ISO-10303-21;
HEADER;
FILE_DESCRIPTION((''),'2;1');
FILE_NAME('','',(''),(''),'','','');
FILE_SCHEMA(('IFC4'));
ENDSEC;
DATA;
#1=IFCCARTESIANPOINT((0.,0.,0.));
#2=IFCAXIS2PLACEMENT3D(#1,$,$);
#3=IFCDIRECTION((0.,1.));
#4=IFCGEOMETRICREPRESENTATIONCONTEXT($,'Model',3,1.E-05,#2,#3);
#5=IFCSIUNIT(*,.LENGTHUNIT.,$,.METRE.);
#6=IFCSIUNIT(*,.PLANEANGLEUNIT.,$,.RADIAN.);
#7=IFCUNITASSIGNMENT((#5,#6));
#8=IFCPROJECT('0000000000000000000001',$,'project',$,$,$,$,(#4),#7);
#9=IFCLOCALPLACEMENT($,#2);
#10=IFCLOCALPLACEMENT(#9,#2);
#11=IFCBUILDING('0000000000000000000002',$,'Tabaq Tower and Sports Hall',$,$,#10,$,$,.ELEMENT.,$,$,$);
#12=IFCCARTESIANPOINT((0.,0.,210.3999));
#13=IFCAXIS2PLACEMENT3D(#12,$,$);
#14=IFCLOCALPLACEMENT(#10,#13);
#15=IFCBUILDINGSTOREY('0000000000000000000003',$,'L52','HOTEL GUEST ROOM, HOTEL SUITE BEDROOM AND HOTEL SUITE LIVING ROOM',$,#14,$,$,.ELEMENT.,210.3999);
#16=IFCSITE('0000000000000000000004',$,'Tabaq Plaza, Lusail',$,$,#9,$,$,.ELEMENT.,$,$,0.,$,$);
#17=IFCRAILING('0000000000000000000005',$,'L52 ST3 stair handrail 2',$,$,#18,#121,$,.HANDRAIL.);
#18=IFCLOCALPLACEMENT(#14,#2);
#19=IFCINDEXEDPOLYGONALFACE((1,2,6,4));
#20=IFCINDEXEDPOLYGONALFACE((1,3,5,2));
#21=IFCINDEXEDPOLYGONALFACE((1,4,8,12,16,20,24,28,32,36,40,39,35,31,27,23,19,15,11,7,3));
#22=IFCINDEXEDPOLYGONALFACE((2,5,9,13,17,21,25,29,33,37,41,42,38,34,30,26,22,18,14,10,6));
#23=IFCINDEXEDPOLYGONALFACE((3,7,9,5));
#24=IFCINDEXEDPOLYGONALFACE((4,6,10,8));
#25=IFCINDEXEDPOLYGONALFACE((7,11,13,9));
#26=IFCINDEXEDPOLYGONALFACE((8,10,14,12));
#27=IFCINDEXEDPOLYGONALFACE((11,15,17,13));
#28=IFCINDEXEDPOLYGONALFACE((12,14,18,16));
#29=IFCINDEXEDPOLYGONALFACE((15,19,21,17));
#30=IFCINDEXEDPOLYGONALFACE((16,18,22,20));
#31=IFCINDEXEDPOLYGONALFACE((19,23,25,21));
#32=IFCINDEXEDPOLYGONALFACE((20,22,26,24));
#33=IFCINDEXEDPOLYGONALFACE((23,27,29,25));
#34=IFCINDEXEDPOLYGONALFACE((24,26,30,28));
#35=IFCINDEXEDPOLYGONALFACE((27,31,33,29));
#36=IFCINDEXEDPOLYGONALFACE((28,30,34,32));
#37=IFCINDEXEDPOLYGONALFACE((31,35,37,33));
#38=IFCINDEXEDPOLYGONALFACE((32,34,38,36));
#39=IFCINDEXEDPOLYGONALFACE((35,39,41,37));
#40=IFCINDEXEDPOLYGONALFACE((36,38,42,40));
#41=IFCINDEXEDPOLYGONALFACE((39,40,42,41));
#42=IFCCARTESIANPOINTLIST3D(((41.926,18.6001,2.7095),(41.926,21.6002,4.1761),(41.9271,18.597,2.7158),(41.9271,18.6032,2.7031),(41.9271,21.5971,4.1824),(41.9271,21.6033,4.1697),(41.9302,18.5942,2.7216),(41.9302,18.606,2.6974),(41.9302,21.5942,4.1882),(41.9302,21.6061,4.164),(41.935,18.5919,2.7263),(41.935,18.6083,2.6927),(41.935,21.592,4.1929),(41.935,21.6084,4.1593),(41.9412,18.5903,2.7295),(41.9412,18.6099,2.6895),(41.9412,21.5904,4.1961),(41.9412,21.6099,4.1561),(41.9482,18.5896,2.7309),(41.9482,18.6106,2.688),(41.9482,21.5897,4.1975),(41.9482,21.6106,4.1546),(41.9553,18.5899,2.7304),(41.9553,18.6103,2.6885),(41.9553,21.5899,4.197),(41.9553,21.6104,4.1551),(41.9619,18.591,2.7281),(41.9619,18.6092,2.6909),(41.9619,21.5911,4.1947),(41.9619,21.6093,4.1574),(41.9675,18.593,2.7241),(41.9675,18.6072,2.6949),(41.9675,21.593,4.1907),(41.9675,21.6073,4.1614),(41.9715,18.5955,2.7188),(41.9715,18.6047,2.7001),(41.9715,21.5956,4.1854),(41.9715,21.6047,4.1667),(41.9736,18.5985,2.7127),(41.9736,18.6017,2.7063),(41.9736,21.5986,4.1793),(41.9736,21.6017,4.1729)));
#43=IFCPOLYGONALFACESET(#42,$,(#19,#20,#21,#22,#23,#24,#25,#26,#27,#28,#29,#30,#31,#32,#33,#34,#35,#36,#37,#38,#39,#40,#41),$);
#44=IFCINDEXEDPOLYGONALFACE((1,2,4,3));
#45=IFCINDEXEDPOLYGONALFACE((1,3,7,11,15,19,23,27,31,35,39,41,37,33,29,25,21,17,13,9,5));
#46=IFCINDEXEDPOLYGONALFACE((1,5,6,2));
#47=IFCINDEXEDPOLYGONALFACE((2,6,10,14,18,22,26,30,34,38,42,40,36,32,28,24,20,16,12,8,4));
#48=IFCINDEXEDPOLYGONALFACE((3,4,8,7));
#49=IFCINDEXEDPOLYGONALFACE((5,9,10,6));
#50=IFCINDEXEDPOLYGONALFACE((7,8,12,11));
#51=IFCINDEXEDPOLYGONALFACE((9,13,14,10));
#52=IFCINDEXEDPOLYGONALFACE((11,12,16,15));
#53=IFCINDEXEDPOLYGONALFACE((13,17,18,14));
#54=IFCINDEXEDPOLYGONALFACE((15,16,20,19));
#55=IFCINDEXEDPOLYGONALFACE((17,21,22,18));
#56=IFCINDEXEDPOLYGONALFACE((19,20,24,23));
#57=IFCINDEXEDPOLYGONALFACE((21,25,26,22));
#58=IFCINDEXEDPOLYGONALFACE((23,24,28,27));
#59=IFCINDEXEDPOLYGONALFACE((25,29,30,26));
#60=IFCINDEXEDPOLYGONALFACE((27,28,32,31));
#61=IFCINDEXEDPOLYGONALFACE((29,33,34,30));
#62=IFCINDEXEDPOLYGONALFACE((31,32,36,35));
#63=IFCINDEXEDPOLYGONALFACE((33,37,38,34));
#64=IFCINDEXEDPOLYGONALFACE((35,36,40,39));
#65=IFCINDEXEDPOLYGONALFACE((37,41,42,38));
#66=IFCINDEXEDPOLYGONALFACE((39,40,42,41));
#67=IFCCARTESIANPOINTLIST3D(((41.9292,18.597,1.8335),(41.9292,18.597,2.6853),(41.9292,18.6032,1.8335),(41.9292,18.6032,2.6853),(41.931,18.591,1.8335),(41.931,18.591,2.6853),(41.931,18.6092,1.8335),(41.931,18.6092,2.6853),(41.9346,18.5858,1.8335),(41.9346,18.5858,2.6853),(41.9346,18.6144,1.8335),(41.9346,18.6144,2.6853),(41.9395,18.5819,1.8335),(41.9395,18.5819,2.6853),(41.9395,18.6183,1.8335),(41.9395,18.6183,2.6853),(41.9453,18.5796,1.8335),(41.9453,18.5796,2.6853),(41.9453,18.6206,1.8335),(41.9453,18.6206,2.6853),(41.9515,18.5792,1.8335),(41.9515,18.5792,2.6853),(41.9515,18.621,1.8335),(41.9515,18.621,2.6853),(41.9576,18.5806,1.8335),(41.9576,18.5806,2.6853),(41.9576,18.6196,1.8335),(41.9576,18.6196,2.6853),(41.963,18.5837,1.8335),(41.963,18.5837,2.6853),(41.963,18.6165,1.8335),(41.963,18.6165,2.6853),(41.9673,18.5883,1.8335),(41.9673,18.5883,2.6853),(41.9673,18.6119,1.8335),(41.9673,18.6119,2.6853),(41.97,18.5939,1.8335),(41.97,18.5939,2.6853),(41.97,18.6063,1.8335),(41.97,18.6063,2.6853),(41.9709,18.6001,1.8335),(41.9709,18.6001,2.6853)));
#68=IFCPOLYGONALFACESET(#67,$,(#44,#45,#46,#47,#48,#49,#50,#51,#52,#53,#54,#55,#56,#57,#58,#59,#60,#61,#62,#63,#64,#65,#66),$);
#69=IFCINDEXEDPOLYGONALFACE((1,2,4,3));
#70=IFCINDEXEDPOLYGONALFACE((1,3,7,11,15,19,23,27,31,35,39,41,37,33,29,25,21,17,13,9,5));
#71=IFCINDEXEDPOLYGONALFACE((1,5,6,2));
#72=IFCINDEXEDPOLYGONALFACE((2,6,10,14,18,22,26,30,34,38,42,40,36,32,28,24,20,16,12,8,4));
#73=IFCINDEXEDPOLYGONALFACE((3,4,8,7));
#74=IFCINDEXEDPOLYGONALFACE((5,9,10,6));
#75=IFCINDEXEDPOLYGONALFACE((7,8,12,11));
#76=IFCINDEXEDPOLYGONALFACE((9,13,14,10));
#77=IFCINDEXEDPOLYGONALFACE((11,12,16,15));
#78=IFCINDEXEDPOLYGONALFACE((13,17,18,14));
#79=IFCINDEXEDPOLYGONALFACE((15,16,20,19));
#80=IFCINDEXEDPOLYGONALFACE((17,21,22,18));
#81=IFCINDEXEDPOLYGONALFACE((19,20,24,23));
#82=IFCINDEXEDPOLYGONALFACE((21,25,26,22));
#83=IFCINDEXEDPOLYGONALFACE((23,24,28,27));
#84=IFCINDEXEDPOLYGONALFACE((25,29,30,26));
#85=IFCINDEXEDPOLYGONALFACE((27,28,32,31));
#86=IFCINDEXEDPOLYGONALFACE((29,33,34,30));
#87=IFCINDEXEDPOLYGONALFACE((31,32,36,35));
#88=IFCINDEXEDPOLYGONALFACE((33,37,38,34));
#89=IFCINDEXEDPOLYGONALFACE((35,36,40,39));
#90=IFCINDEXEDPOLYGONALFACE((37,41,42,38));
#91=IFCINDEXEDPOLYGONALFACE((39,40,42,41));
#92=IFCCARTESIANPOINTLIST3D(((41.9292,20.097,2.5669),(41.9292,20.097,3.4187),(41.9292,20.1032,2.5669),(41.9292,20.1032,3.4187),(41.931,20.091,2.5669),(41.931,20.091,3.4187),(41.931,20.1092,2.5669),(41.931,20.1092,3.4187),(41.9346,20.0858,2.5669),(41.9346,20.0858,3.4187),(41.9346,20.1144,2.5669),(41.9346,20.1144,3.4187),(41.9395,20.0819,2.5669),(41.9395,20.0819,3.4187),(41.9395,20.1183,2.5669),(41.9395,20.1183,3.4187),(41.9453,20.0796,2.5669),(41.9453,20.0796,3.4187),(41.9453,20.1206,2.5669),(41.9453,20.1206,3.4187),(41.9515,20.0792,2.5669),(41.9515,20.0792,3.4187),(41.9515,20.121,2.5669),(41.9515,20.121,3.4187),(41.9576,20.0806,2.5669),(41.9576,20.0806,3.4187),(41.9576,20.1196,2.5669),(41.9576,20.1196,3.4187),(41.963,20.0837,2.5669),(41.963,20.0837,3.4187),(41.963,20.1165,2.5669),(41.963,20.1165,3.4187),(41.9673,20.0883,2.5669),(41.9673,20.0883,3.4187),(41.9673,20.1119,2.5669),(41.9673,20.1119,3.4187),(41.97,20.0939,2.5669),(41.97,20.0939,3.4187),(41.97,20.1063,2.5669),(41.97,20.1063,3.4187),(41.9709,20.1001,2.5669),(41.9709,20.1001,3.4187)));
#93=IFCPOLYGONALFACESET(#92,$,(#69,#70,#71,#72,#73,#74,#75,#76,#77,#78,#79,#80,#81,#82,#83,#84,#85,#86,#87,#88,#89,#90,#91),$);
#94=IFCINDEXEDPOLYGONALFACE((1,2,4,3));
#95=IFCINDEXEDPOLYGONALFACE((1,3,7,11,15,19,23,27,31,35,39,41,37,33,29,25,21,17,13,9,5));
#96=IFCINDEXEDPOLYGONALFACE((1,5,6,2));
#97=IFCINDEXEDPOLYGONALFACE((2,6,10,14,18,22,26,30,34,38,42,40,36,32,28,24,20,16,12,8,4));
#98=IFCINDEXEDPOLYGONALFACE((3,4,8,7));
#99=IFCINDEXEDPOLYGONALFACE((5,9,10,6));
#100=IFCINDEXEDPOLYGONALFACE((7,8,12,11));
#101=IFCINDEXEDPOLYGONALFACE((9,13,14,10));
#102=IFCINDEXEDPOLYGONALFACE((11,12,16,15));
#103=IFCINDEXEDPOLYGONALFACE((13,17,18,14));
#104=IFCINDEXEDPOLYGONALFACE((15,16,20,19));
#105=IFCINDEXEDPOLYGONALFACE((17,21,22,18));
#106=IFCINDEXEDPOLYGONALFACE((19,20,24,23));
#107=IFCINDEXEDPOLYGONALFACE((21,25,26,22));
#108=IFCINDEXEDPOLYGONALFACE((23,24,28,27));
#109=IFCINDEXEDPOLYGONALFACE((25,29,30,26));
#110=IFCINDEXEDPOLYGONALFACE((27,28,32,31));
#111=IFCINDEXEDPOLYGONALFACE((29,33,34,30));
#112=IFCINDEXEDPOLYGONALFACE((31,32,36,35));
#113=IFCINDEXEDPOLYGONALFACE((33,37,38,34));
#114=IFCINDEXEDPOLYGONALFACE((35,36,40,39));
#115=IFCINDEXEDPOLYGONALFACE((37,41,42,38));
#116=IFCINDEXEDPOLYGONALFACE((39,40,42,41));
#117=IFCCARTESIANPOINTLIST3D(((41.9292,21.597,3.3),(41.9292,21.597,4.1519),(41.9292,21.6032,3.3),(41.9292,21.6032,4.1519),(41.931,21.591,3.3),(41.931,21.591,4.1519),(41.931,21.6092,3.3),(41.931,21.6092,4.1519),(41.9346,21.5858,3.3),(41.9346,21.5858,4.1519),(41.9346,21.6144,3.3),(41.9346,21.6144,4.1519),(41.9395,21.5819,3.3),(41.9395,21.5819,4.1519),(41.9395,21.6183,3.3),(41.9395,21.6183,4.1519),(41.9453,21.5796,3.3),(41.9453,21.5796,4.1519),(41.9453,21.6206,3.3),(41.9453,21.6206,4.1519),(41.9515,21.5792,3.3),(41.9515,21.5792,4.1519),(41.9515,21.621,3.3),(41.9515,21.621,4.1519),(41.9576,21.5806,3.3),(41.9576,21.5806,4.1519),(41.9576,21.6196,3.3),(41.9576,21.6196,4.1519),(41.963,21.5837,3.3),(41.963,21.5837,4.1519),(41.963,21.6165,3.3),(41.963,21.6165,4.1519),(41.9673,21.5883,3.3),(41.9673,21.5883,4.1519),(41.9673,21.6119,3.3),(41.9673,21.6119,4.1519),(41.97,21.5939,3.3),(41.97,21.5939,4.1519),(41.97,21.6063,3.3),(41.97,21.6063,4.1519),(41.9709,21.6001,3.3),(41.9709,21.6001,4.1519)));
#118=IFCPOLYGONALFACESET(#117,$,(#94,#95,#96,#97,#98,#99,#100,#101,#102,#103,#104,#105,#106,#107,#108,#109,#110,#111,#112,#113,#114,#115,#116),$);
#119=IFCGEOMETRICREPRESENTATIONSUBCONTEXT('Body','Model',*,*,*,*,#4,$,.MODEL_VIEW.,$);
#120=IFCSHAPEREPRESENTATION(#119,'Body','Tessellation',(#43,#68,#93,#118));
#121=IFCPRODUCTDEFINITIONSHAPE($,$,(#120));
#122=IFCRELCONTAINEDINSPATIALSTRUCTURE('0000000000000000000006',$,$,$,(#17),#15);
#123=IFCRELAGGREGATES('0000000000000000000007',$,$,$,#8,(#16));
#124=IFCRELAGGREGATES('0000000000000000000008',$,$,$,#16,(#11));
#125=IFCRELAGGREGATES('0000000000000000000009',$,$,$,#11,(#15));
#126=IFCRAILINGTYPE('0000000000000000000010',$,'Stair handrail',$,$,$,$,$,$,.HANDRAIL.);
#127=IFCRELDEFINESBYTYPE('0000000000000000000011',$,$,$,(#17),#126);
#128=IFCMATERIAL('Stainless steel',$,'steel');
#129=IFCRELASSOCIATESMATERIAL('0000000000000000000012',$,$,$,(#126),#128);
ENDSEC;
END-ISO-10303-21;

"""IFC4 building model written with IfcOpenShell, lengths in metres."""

from ifc_helpers import new_model, si_unit, direction, frame, origin, origin_2d, place, context, subcontext, project, spatial, circle, extrude, material, type_object, element, save


model = new_model("IFC4")

# Units and contexts
model_context = context("Model", 3, precision=1e-05, world=origin(), true_north=direction((0.0, 1.0)))
body_context = subcontext(model_context, "Body", "Model", "MODEL_VIEW")
ifc_project = project(units=[si_unit("LENGTHUNIT", "METRE"), si_unit("PLANEANGLEUNIT", "RADIAN")], contexts=[model_context])

# Site, building, storey
site_placement = place(None, origin())
site = spatial("IfcSite", under=ifc_project, at=site_placement, Name="Tabaq Plaza, Lusail", CompositionType="ELEMENT", RefElevation=0.0)
building_placement = place(site_placement, origin())
building = spatial("IfcBuilding", under=site, at=building_placement, Name="Tabaq Tower and Sports Hall", CompositionType="ELEMENT")
storey_placement = place(building_placement, frame((0.0, 0.0, 210.3999)))
storey = spatial("IfcBuildingStorey", under=building, at=storey_placement, Name="L52", Description="HOTEL GUEST ROOM, HOTEL SUITE BEDROOM AND HOTEL SUITE LIVING ROOM", CompositionType="ELEMENT", Elevation=210.3999)

# Railing
ifc_material_1 = material(Name="Stainless steel", Category="steel")
railing_type_1 = type_object("IfcRailingType", Name="Stair handrail", PredefinedType="HANDRAIL", material=ifc_material_1)
railing_1_placement = place(storey_placement, frame((41.95, 18.6001, 1.8335)))
element("IfcRailing", 1, at=railing_1_placement, inside=storey, type_object=railing_type_1, Name="L52 ST3 stair handrail 2", PredefinedType="HANDRAIL", context=body_context, shape_type="SweptSolid", body=[
    extrude(circle(Radius=0.0239, at=origin_2d()), frame((0.0, 0.0, 0.876), z_axis=(0.0, 0.898398, 0.439183), x_axis=(-1.0, 0.0, 0.0)), (0.0, 0.0, 1.0), 3.3394),
    extrude(circle(Radius=0.021, at=origin_2d()), origin(), (0.0, 0.0, 1.0), 0.8518),
    extrude(circle(Radius=0.021, at=origin_2d()), frame((0.0, 1.5, 0.7334)), (0.0, 0.0, 1.0), 0.8518),
    extrude(circle(Radius=0.021, at=origin_2d()), frame((0.0, 3.0, 1.4666)), (0.0, 0.0, 1.0), 0.8518),
])

save(model, "model.ifc")
